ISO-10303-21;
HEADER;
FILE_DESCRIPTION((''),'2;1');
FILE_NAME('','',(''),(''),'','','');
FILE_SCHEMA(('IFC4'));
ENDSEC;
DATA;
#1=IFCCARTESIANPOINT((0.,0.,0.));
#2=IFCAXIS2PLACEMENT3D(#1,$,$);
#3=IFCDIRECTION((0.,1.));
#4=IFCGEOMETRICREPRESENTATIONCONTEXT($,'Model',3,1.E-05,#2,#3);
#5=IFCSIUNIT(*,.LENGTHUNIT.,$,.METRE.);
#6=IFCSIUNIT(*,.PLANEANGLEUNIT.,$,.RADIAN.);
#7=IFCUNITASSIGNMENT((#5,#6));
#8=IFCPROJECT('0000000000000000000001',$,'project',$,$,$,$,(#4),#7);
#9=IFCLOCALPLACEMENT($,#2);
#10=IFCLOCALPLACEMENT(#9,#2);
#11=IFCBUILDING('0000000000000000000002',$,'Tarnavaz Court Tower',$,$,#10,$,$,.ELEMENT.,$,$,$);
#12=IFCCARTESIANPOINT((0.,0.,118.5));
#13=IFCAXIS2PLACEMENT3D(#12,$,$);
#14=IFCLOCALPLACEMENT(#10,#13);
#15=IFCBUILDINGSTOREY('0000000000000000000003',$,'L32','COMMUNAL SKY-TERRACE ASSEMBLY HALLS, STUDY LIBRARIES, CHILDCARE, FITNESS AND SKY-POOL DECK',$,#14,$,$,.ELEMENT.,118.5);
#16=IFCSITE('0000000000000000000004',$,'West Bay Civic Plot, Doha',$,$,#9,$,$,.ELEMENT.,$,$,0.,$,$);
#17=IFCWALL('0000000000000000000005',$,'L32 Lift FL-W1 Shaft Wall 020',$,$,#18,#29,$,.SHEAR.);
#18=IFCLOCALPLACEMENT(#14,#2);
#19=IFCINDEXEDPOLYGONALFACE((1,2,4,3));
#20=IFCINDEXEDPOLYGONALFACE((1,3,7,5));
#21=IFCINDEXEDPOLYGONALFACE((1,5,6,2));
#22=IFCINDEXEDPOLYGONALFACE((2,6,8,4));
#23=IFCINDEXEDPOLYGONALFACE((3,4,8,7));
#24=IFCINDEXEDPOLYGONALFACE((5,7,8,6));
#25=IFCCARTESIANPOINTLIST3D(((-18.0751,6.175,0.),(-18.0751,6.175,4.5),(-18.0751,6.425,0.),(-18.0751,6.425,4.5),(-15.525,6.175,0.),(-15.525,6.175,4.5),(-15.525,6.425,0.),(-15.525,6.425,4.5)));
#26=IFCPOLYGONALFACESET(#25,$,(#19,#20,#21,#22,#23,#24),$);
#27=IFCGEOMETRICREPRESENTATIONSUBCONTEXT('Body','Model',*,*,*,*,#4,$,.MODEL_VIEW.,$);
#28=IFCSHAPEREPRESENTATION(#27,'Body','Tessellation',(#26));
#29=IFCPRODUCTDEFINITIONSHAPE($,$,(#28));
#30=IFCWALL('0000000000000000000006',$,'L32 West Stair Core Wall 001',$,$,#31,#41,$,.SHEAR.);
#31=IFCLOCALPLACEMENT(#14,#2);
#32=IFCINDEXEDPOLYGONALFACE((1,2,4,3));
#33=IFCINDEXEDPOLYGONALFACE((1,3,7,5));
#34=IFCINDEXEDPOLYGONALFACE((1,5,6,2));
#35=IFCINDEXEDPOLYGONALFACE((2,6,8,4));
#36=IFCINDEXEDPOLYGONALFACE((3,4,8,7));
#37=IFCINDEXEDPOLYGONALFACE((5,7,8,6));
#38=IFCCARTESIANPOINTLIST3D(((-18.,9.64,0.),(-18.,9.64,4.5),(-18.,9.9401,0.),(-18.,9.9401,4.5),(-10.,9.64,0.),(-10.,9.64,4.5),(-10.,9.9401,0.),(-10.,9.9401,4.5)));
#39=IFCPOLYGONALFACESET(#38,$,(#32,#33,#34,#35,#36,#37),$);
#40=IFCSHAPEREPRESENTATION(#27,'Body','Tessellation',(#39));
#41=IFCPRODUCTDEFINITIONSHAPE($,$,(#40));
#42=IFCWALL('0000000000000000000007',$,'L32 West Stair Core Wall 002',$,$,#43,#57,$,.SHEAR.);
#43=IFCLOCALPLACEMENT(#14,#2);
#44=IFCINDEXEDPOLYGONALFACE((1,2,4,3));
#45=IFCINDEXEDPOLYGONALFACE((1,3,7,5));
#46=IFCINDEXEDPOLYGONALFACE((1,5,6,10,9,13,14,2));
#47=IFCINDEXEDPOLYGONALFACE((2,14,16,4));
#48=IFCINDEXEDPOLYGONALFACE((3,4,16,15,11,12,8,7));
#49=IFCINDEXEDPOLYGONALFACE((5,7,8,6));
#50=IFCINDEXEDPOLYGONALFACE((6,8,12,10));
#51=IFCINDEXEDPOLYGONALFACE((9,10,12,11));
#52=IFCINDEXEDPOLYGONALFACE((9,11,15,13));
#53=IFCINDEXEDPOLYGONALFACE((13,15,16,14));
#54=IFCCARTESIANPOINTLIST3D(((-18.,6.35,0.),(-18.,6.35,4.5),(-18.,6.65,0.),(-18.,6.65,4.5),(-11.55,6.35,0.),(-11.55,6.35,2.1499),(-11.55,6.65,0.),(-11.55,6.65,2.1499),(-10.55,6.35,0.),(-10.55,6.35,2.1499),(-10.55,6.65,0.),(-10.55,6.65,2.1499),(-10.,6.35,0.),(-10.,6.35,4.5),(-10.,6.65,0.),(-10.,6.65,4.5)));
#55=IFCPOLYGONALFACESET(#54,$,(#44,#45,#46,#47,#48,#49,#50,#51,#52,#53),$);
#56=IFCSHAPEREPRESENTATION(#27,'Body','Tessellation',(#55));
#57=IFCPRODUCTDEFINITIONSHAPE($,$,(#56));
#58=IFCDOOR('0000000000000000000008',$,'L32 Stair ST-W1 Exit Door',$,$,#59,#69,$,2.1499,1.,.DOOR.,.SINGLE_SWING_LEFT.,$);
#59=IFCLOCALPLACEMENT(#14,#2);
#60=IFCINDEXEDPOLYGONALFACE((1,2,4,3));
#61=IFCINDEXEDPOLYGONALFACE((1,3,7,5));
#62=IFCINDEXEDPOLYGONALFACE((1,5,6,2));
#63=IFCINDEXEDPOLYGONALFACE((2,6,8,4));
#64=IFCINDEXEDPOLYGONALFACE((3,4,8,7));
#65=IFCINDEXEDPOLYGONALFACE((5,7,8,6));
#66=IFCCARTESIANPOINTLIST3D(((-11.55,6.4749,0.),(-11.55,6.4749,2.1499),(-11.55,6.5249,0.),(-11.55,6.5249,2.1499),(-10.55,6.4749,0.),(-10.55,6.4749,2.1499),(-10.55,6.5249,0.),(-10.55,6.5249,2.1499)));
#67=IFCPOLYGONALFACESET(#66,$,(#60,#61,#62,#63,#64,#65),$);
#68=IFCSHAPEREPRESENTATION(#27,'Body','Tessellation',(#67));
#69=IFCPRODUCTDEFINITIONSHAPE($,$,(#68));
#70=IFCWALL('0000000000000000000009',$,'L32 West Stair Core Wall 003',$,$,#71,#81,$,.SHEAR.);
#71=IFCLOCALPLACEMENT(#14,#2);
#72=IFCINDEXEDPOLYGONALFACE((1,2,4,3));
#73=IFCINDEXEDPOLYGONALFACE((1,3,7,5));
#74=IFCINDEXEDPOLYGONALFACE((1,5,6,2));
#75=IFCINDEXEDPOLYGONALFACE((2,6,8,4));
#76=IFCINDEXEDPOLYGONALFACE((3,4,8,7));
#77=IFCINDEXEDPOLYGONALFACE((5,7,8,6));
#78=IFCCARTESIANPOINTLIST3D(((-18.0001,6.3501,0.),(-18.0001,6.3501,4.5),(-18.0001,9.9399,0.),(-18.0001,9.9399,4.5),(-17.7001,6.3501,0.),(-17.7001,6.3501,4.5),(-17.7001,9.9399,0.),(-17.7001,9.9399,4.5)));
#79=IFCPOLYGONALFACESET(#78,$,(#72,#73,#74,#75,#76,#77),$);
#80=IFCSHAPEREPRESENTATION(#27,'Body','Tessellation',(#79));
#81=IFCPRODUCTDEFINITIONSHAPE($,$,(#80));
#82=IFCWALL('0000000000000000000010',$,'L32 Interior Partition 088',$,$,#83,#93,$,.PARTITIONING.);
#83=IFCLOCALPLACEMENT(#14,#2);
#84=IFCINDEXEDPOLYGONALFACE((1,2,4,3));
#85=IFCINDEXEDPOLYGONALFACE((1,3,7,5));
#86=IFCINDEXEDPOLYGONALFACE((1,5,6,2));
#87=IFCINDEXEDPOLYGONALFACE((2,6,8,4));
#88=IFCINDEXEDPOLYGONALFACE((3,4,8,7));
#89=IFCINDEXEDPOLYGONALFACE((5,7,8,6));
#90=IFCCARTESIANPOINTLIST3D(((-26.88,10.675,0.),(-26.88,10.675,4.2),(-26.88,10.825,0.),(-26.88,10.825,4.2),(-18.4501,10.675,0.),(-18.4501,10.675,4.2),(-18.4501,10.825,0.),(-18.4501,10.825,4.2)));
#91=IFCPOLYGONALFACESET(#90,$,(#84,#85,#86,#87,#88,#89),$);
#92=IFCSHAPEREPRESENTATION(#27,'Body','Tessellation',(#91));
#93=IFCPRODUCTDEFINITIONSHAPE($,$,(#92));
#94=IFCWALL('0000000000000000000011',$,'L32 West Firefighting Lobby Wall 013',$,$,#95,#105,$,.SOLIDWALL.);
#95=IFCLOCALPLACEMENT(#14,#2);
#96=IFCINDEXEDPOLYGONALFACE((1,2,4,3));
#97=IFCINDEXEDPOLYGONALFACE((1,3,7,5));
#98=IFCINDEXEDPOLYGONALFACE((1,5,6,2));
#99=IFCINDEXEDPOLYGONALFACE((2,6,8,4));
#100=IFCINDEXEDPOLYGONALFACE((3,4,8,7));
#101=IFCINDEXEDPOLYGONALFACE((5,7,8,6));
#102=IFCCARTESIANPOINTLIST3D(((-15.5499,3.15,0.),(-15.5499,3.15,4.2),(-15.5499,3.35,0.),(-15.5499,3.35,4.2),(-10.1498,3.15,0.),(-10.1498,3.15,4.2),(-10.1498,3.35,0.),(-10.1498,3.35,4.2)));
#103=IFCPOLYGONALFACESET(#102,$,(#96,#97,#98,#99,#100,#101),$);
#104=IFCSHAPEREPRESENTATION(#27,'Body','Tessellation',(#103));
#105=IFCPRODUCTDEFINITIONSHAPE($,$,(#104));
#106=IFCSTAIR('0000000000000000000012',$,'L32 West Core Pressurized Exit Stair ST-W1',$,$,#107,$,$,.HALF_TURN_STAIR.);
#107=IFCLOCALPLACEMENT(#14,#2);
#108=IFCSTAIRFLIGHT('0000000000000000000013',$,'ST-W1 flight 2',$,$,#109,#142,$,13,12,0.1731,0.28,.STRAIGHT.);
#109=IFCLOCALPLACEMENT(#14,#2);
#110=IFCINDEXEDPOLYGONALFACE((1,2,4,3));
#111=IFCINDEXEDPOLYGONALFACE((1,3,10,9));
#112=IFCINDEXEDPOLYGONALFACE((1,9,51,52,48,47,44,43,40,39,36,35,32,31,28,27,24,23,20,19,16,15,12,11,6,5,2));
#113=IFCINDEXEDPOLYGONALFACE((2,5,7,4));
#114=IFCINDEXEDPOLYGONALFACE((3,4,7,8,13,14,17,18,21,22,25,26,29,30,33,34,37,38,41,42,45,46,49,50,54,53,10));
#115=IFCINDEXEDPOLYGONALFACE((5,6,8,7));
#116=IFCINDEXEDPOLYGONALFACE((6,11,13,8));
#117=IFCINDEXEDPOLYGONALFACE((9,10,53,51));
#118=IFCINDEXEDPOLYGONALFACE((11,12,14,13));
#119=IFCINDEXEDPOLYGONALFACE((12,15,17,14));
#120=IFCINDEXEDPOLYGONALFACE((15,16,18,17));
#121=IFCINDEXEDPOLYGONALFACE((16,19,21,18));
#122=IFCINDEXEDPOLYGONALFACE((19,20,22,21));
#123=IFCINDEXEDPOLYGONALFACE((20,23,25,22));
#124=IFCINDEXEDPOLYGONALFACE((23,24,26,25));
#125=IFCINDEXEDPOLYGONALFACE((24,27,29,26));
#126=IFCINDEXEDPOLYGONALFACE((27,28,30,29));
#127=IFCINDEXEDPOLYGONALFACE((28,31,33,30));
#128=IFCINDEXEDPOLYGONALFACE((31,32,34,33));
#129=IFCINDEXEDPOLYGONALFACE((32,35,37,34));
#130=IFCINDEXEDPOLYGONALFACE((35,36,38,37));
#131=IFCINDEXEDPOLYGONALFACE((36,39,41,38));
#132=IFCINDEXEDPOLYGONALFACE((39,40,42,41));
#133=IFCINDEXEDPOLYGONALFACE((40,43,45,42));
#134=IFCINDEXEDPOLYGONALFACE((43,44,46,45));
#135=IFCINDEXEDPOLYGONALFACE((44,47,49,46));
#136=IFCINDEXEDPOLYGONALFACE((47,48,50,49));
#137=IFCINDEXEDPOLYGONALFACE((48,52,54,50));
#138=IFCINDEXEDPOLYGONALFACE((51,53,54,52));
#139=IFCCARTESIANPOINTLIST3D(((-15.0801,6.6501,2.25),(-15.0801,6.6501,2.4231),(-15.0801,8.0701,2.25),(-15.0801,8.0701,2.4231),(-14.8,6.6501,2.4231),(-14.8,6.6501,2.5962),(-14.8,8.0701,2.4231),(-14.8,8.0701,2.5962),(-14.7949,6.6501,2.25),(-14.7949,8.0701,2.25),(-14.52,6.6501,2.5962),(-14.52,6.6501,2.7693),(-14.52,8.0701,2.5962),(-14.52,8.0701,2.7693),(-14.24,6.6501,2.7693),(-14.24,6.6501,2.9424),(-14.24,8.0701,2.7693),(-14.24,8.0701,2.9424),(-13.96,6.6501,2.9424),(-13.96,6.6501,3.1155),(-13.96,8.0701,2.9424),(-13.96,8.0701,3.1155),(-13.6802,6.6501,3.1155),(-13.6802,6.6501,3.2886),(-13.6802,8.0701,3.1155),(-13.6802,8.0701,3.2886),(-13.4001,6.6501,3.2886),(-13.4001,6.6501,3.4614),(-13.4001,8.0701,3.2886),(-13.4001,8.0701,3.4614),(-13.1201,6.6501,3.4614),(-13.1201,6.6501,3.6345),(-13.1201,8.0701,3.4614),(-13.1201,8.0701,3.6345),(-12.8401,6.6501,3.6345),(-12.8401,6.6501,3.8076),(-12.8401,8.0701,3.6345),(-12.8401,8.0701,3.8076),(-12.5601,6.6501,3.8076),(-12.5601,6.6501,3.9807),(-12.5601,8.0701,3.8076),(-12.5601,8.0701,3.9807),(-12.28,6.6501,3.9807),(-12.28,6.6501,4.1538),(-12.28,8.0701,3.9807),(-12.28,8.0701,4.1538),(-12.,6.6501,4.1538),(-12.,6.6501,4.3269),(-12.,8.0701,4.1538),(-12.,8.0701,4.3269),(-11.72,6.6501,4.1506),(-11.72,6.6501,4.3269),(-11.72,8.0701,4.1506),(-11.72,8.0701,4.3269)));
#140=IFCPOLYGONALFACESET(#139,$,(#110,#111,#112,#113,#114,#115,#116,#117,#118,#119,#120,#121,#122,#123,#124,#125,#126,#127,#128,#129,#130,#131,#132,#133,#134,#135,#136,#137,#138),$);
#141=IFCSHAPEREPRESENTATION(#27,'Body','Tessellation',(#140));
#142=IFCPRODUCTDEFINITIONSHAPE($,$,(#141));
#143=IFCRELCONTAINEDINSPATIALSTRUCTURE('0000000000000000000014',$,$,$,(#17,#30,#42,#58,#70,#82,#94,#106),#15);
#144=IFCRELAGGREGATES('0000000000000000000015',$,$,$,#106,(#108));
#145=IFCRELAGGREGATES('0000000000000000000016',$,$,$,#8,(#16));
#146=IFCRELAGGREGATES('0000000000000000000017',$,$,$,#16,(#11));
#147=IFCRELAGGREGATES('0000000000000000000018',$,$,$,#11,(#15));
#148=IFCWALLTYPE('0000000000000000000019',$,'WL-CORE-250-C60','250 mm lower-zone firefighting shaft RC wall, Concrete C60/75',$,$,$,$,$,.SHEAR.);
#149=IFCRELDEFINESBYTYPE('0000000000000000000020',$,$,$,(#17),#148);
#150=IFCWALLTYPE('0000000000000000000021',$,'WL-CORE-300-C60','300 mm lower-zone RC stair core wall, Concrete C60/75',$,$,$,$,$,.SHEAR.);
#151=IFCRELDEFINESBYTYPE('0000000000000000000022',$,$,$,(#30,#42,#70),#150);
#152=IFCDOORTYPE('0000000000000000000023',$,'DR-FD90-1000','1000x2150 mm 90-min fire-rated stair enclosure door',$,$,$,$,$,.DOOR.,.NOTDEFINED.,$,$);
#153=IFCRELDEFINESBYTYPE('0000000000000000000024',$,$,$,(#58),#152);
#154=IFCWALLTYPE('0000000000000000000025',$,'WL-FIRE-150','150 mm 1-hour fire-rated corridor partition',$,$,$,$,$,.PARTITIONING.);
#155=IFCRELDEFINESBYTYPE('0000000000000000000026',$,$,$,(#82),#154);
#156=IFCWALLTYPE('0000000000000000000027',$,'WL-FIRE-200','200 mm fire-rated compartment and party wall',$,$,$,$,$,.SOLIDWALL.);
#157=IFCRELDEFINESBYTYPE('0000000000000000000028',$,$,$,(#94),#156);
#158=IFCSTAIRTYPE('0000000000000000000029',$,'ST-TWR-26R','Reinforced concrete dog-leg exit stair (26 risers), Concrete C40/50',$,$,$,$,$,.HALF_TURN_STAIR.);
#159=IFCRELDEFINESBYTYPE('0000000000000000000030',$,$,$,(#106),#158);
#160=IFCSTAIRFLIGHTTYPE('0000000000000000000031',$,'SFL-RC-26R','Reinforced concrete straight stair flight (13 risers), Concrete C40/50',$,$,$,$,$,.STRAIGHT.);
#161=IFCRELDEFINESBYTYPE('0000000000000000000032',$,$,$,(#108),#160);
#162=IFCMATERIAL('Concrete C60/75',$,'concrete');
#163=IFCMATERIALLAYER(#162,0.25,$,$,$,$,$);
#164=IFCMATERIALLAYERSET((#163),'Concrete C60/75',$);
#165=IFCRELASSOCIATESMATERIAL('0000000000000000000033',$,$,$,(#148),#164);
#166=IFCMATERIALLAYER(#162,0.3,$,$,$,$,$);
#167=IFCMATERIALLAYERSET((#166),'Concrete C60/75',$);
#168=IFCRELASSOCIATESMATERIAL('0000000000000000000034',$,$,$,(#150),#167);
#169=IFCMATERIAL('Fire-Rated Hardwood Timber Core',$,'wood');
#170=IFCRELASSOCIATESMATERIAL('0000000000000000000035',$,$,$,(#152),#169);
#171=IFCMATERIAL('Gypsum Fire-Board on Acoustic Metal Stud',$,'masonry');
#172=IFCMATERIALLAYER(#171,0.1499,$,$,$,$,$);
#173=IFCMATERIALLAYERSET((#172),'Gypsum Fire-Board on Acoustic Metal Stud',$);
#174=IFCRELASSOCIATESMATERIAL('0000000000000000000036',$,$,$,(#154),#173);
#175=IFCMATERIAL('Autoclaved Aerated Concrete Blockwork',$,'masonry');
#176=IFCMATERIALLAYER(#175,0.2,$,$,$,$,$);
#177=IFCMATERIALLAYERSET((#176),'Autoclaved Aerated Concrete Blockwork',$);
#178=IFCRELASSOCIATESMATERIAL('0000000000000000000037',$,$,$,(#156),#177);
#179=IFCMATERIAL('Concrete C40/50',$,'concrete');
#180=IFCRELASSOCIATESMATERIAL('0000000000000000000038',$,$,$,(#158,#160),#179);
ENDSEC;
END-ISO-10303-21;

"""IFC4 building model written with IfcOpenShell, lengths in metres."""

from ifc_helpers import new_model, si_unit, direction, frame, frame_2d, origin, place, context, subcontext, project, spatial, polyline, rectangle, outline, extrude, material, layer, layer_set, type_object, element, fill, aggregate, save


model = new_model("IFC4")

# Units and contexts
model_context = context("Model", 3, precision=1e-05, world=origin(), true_north=direction((0.0, 1.0)))
body_context = subcontext(model_context, "Body", "Model", "MODEL_VIEW")
ifc_project = project(units=[si_unit("LENGTHUNIT", "METRE"), si_unit("PLANEANGLEUNIT", "RADIAN")], contexts=[model_context])

# Site, building, storey
site_placement = place(None, origin())
site = spatial("IfcSite", under=ifc_project, at=site_placement, Name="West Bay Civic Plot, Doha", CompositionType="ELEMENT", RefElevation=0.0)
building_placement = place(site_placement, origin())
building = spatial("IfcBuilding", under=site, at=building_placement, Name="Tarnavaz Court Tower", CompositionType="ELEMENT")
storey_placement = place(building_placement, frame((0.0, 0.0, 118.5)))
storey = spatial("IfcBuildingStorey", under=building, at=storey_placement, Name="L32", Description="COMMUNAL SKY-TERRACE ASSEMBLY HALLS, STUDY LIBRARIES, CHILDCARE, FITNESS AND SKY-POOL DECK", CompositionType="ELEMENT", Elevation=118.5)

# Shared definitions
ifc_material_1 = material(Name="Concrete C60/75", Category="concrete")

# Shared definitions
ifc_layer_1 = layer(ifc_material_1, 0.25)
ifc_layer_set_1 = layer_set([ifc_layer_1], Name="Concrete C60/75")
wall_type_1 = type_object("IfcWallType", Name="WL-CORE-250-C60", Description="250 mm lower-zone firefighting shaft RC wall, Concrete C60/75", PredefinedType="SHEAR", material=ifc_layer_set_1)

# Walls
for number, where, z_axis, x_axis, name in (
    (1, (-18.075, 6.3, 0.0), (0.0, 0.0, 1.0), (1.0, 0.0, 0.0), "L32 Lift FL-W1 Shaft Wall 020"),
):
    element("IfcWall", number, at=place(storey_placement, frame(where, z_axis=z_axis, x_axis=x_axis)), inside=storey, type_object=wall_type_1, Name=name, PredefinedType="SHEAR", context=body_context, shape_type="SweptSolid", body=[
        extrude(rectangle(XDim=2.55, YDim=0.25, at=frame_2d((1.2749, 0.0))), origin(), (0.0, 0.0, 1.0), 4.5),
    ])
ifc_layer_2 = layer(ifc_material_1, 0.3)
ifc_layer_set_2 = layer_set([ifc_layer_2], Name="Concrete C60/75")
wall_type_2 = type_object("IfcWallType", Name="WL-CORE-300-C60", Description="300 mm lower-zone RC stair core wall, Concrete C60/75", PredefinedType="SHEAR", material=ifc_layer_set_2)
wall_1_placement = place(storey_placement, frame((-18.0, 9.79, 0.0), z_axis=(0.0, 0.0, 1.0), x_axis=(1.0, 0.0, 0.0)))
element("IfcWall", 2, at=wall_1_placement, inside=storey, type_object=wall_type_2, Name="L32 West Stair Core Wall 001", PredefinedType="SHEAR", context=body_context, shape_type="SweptSolid", body=[
    extrude(rectangle(XDim=8.0, YDim=0.3, at=frame_2d((4.0, 0.0))), origin(), (0.0, 0.0, 1.0), 4.5),
])

# Wall, opening, door
wall_2_placement = place(storey_placement, frame((-18.0, 6.5, 0.0), z_axis=(0.0, 0.0, 1.0), x_axis=(1.0, 0.0, 0.0)))
wall_2 = element("IfcWall", 3, at=wall_2_placement, inside=storey, type_object=wall_type_2, Name="L32 West Stair Core Wall 002", PredefinedType="SHEAR", context=body_context, shape_type="SweptSolid", body=[
    extrude(rectangle(XDim=8.0, YDim=0.3, at=frame_2d((4.0, 0.0))), origin(), (0.0, 0.0, 1.0), 4.5),
])
opening_1_placement = place(wall_2_placement, frame((6.45, 0.0, 0.0)))
opening_1 = element("IfcOpeningElement", 4, at=opening_1_placement, cuts=wall_2, PredefinedType="OPENING", context=body_context, shape_type="SweptSolid", body=[
    extrude(rectangle(XDim=1.0, YDim=2.1499, at=frame_2d((0.5, 1.075))), frame((0.0, 0.1599, 0.0), z_axis=(0.0, -1.0, 0.0), x_axis=(1.0, 0.0, 0.0)), (0.0, 0.0, 1.0), 0.3201),
])
ifc_material_2 = material(Name="Fire-Rated Hardwood Timber Core", Category="wood")
door_type_1 = type_object("IfcDoorType", Name="DR-FD90-1000", Description="1000x2150 mm 90-min fire-rated stair enclosure door", OperationType="NOTDEFINED", PredefinedType="DOOR", material=ifc_material_2)
door_1_placement = place(opening_1_placement, origin())
door_1 = element("IfcDoor", 5, at=door_1_placement, inside=storey, type_object=door_type_1, Name="L32 Stair ST-W1 Exit Door", OperationType="SINGLE_SWING_LEFT", OverallHeight=2.1499, OverallWidth=1.0, PredefinedType="DOOR", context=body_context, shape_type="SweptSolid", body=[
    extrude(rectangle(XDim=1.0, YDim=2.1499, at=frame_2d((0.5, 1.075))), frame((0.0, 0.0249, 0.0), z_axis=(0.0, -1.0, 0.0), x_axis=(1.0, 0.0, 0.0)), (0.0, 0.0, 1.0), 0.05),
])
fill(opening_1, door_1)

# Walls
wall_3_placement = place(storey_placement, frame((-17.8501, 6.3501, 0.0), z_axis=(0.0, 0.0, 1.0), x_axis=(0.0, 1.0, 0.0)))
element("IfcWall", 6, at=wall_3_placement, inside=storey, type_object=wall_type_2, Name="L32 West Stair Core Wall 003", PredefinedType="SHEAR", context=body_context, shape_type="SweptSolid", body=[
    extrude(rectangle(XDim=3.5898, YDim=0.3, at=frame_2d((1.7949, 0.0))), origin(), (0.0, 0.0, 1.0), 4.5),
])
ifc_material_3 = material(Name="Gypsum Fire-Board on Acoustic Metal Stud", Category="masonry")
ifc_layer_3 = layer(ifc_material_3, 0.1499)
ifc_layer_set_3 = layer_set([ifc_layer_3], Name="Gypsum Fire-Board on Acoustic Metal Stud")
wall_type_3 = type_object("IfcWallType", Name="WL-FIRE-150", Description="150 mm 1-hour fire-rated corridor partition", PredefinedType="PARTITIONING", material=ifc_layer_set_3)
wall_4_placement = place(storey_placement, frame((-26.8799, 10.75, 0.0), z_axis=(0.0, 0.0, 1.0), x_axis=(1.0, 0.0, 0.0)))
element("IfcWall", 7, at=wall_4_placement, inside=storey, type_object=wall_type_3, Name="L32 Interior Partition 088", PredefinedType="PARTITIONING", context=body_context, shape_type="SweptSolid", body=[
    extrude(rectangle(XDim=8.4299, YDim=0.1499, at=frame_2d((4.2148, 0.0))), origin(), (0.0, 0.0, 1.0), 4.2),
])
ifc_material_4 = material(Name="Autoclaved Aerated Concrete Blockwork", Category="masonry")
ifc_layer_4 = layer(ifc_material_4, 0.2)
ifc_layer_set_4 = layer_set([ifc_layer_4], Name="Autoclaved Aerated Concrete Blockwork")
wall_type_4 = type_object("IfcWallType", Name="WL-FIRE-200", Description="200 mm fire-rated compartment and party wall", PredefinedType="SOLIDWALL", material=ifc_layer_set_4)
wall_5_placement = place(storey_placement, frame((-15.55, 3.25, 0.0), z_axis=(0.0, 0.0, 1.0), x_axis=(1.0, 0.0, 0.0)))
element("IfcWall", 8, at=wall_5_placement, inside=storey, type_object=wall_type_4, Name="L32 West Firefighting Lobby Wall 013", PredefinedType="SOLIDWALL", context=body_context, shape_type="SweptSolid", body=[
    extrude(rectangle(XDim=5.4001, YDim=0.2, at=frame_2d((2.7002, 0.0))), origin(), (0.0, 0.0, 1.0), 4.2),
])

# Stair, stair flight
ifc_material_5 = material(Name="Concrete C40/50", Category="concrete")
stair_type = type_object("IfcStairType", Name="ST-TWR-26R", Description="Reinforced concrete dog-leg exit stair (26 risers), Concrete C40/50", PredefinedType="HALF_TURN_STAIR", material=ifc_material_5)
stair_placement = place(storey_placement, origin())
stair = element("IfcStair", 9, at=stair_placement, inside=storey, type_object=stair_type, Name="L32 West Core Pressurized Exit Stair ST-W1", PredefinedType="HALF_TURN_STAIR")
stair_flight_type = type_object("IfcStairFlightType", Name="SFL-RC-26R", Description="Reinforced concrete straight stair flight (13 risers), Concrete C40/50", PredefinedType="STRAIGHT", material=ifc_material_5)
stair_flight_placement = place(storey_placement, frame((-15.0801, 7.3601, 2.25), z_axis=(0.0, 0.0, 1.0), x_axis=(1.0, 0.0, 0.0)))
stair_flight = element("IfcStairFlight", 10, at=stair_flight_placement, type_object=stair_flight_type, Name="ST-W1 flight 2", NumberOfRisers=13, NumberOfTreads=12, PredefinedType="STRAIGHT", RiserHeight=0.1731, TreadLength=0.28, context=body_context, shape_type="SweptSolid", body=[
    extrude(outline(polyline([(0.0, 0.0), (0.0, 0.1731), (0.28, 0.1731), (0.28, 0.3462), (0.5601, 0.3462), (0.5601, 0.5193), (0.8401, 0.5193), (0.8401, 0.6924), (1.1201, 0.6924), (1.1201, 0.8655), (1.3999, 0.8655), (1.3999, 1.0386), (1.6799, 1.0386), (1.6799, 1.2114), (1.96, 1.2114), (1.96, 1.3845), (2.24, 1.3845), (2.24, 1.5576), (2.52, 1.5576), (2.52, 1.7307), (2.8, 1.7307), (2.8, 1.9038), (3.0801, 1.9038), (3.0801, 2.0769), (3.3601, 2.0769), (3.3601, 2.25), (3.3601, 1.9006), (0.2852, 0.0), (0.0, 0.0)])), frame((0.0, 0.71, 0.0), z_axis=(0.0, -1.0, 0.0), x_axis=(1.0, 0.0, 0.0)), (0.0, 0.0, 1.0), 1.4199),
])
aggregate(stair, [stair_flight])

save(model, "model.ifc")
